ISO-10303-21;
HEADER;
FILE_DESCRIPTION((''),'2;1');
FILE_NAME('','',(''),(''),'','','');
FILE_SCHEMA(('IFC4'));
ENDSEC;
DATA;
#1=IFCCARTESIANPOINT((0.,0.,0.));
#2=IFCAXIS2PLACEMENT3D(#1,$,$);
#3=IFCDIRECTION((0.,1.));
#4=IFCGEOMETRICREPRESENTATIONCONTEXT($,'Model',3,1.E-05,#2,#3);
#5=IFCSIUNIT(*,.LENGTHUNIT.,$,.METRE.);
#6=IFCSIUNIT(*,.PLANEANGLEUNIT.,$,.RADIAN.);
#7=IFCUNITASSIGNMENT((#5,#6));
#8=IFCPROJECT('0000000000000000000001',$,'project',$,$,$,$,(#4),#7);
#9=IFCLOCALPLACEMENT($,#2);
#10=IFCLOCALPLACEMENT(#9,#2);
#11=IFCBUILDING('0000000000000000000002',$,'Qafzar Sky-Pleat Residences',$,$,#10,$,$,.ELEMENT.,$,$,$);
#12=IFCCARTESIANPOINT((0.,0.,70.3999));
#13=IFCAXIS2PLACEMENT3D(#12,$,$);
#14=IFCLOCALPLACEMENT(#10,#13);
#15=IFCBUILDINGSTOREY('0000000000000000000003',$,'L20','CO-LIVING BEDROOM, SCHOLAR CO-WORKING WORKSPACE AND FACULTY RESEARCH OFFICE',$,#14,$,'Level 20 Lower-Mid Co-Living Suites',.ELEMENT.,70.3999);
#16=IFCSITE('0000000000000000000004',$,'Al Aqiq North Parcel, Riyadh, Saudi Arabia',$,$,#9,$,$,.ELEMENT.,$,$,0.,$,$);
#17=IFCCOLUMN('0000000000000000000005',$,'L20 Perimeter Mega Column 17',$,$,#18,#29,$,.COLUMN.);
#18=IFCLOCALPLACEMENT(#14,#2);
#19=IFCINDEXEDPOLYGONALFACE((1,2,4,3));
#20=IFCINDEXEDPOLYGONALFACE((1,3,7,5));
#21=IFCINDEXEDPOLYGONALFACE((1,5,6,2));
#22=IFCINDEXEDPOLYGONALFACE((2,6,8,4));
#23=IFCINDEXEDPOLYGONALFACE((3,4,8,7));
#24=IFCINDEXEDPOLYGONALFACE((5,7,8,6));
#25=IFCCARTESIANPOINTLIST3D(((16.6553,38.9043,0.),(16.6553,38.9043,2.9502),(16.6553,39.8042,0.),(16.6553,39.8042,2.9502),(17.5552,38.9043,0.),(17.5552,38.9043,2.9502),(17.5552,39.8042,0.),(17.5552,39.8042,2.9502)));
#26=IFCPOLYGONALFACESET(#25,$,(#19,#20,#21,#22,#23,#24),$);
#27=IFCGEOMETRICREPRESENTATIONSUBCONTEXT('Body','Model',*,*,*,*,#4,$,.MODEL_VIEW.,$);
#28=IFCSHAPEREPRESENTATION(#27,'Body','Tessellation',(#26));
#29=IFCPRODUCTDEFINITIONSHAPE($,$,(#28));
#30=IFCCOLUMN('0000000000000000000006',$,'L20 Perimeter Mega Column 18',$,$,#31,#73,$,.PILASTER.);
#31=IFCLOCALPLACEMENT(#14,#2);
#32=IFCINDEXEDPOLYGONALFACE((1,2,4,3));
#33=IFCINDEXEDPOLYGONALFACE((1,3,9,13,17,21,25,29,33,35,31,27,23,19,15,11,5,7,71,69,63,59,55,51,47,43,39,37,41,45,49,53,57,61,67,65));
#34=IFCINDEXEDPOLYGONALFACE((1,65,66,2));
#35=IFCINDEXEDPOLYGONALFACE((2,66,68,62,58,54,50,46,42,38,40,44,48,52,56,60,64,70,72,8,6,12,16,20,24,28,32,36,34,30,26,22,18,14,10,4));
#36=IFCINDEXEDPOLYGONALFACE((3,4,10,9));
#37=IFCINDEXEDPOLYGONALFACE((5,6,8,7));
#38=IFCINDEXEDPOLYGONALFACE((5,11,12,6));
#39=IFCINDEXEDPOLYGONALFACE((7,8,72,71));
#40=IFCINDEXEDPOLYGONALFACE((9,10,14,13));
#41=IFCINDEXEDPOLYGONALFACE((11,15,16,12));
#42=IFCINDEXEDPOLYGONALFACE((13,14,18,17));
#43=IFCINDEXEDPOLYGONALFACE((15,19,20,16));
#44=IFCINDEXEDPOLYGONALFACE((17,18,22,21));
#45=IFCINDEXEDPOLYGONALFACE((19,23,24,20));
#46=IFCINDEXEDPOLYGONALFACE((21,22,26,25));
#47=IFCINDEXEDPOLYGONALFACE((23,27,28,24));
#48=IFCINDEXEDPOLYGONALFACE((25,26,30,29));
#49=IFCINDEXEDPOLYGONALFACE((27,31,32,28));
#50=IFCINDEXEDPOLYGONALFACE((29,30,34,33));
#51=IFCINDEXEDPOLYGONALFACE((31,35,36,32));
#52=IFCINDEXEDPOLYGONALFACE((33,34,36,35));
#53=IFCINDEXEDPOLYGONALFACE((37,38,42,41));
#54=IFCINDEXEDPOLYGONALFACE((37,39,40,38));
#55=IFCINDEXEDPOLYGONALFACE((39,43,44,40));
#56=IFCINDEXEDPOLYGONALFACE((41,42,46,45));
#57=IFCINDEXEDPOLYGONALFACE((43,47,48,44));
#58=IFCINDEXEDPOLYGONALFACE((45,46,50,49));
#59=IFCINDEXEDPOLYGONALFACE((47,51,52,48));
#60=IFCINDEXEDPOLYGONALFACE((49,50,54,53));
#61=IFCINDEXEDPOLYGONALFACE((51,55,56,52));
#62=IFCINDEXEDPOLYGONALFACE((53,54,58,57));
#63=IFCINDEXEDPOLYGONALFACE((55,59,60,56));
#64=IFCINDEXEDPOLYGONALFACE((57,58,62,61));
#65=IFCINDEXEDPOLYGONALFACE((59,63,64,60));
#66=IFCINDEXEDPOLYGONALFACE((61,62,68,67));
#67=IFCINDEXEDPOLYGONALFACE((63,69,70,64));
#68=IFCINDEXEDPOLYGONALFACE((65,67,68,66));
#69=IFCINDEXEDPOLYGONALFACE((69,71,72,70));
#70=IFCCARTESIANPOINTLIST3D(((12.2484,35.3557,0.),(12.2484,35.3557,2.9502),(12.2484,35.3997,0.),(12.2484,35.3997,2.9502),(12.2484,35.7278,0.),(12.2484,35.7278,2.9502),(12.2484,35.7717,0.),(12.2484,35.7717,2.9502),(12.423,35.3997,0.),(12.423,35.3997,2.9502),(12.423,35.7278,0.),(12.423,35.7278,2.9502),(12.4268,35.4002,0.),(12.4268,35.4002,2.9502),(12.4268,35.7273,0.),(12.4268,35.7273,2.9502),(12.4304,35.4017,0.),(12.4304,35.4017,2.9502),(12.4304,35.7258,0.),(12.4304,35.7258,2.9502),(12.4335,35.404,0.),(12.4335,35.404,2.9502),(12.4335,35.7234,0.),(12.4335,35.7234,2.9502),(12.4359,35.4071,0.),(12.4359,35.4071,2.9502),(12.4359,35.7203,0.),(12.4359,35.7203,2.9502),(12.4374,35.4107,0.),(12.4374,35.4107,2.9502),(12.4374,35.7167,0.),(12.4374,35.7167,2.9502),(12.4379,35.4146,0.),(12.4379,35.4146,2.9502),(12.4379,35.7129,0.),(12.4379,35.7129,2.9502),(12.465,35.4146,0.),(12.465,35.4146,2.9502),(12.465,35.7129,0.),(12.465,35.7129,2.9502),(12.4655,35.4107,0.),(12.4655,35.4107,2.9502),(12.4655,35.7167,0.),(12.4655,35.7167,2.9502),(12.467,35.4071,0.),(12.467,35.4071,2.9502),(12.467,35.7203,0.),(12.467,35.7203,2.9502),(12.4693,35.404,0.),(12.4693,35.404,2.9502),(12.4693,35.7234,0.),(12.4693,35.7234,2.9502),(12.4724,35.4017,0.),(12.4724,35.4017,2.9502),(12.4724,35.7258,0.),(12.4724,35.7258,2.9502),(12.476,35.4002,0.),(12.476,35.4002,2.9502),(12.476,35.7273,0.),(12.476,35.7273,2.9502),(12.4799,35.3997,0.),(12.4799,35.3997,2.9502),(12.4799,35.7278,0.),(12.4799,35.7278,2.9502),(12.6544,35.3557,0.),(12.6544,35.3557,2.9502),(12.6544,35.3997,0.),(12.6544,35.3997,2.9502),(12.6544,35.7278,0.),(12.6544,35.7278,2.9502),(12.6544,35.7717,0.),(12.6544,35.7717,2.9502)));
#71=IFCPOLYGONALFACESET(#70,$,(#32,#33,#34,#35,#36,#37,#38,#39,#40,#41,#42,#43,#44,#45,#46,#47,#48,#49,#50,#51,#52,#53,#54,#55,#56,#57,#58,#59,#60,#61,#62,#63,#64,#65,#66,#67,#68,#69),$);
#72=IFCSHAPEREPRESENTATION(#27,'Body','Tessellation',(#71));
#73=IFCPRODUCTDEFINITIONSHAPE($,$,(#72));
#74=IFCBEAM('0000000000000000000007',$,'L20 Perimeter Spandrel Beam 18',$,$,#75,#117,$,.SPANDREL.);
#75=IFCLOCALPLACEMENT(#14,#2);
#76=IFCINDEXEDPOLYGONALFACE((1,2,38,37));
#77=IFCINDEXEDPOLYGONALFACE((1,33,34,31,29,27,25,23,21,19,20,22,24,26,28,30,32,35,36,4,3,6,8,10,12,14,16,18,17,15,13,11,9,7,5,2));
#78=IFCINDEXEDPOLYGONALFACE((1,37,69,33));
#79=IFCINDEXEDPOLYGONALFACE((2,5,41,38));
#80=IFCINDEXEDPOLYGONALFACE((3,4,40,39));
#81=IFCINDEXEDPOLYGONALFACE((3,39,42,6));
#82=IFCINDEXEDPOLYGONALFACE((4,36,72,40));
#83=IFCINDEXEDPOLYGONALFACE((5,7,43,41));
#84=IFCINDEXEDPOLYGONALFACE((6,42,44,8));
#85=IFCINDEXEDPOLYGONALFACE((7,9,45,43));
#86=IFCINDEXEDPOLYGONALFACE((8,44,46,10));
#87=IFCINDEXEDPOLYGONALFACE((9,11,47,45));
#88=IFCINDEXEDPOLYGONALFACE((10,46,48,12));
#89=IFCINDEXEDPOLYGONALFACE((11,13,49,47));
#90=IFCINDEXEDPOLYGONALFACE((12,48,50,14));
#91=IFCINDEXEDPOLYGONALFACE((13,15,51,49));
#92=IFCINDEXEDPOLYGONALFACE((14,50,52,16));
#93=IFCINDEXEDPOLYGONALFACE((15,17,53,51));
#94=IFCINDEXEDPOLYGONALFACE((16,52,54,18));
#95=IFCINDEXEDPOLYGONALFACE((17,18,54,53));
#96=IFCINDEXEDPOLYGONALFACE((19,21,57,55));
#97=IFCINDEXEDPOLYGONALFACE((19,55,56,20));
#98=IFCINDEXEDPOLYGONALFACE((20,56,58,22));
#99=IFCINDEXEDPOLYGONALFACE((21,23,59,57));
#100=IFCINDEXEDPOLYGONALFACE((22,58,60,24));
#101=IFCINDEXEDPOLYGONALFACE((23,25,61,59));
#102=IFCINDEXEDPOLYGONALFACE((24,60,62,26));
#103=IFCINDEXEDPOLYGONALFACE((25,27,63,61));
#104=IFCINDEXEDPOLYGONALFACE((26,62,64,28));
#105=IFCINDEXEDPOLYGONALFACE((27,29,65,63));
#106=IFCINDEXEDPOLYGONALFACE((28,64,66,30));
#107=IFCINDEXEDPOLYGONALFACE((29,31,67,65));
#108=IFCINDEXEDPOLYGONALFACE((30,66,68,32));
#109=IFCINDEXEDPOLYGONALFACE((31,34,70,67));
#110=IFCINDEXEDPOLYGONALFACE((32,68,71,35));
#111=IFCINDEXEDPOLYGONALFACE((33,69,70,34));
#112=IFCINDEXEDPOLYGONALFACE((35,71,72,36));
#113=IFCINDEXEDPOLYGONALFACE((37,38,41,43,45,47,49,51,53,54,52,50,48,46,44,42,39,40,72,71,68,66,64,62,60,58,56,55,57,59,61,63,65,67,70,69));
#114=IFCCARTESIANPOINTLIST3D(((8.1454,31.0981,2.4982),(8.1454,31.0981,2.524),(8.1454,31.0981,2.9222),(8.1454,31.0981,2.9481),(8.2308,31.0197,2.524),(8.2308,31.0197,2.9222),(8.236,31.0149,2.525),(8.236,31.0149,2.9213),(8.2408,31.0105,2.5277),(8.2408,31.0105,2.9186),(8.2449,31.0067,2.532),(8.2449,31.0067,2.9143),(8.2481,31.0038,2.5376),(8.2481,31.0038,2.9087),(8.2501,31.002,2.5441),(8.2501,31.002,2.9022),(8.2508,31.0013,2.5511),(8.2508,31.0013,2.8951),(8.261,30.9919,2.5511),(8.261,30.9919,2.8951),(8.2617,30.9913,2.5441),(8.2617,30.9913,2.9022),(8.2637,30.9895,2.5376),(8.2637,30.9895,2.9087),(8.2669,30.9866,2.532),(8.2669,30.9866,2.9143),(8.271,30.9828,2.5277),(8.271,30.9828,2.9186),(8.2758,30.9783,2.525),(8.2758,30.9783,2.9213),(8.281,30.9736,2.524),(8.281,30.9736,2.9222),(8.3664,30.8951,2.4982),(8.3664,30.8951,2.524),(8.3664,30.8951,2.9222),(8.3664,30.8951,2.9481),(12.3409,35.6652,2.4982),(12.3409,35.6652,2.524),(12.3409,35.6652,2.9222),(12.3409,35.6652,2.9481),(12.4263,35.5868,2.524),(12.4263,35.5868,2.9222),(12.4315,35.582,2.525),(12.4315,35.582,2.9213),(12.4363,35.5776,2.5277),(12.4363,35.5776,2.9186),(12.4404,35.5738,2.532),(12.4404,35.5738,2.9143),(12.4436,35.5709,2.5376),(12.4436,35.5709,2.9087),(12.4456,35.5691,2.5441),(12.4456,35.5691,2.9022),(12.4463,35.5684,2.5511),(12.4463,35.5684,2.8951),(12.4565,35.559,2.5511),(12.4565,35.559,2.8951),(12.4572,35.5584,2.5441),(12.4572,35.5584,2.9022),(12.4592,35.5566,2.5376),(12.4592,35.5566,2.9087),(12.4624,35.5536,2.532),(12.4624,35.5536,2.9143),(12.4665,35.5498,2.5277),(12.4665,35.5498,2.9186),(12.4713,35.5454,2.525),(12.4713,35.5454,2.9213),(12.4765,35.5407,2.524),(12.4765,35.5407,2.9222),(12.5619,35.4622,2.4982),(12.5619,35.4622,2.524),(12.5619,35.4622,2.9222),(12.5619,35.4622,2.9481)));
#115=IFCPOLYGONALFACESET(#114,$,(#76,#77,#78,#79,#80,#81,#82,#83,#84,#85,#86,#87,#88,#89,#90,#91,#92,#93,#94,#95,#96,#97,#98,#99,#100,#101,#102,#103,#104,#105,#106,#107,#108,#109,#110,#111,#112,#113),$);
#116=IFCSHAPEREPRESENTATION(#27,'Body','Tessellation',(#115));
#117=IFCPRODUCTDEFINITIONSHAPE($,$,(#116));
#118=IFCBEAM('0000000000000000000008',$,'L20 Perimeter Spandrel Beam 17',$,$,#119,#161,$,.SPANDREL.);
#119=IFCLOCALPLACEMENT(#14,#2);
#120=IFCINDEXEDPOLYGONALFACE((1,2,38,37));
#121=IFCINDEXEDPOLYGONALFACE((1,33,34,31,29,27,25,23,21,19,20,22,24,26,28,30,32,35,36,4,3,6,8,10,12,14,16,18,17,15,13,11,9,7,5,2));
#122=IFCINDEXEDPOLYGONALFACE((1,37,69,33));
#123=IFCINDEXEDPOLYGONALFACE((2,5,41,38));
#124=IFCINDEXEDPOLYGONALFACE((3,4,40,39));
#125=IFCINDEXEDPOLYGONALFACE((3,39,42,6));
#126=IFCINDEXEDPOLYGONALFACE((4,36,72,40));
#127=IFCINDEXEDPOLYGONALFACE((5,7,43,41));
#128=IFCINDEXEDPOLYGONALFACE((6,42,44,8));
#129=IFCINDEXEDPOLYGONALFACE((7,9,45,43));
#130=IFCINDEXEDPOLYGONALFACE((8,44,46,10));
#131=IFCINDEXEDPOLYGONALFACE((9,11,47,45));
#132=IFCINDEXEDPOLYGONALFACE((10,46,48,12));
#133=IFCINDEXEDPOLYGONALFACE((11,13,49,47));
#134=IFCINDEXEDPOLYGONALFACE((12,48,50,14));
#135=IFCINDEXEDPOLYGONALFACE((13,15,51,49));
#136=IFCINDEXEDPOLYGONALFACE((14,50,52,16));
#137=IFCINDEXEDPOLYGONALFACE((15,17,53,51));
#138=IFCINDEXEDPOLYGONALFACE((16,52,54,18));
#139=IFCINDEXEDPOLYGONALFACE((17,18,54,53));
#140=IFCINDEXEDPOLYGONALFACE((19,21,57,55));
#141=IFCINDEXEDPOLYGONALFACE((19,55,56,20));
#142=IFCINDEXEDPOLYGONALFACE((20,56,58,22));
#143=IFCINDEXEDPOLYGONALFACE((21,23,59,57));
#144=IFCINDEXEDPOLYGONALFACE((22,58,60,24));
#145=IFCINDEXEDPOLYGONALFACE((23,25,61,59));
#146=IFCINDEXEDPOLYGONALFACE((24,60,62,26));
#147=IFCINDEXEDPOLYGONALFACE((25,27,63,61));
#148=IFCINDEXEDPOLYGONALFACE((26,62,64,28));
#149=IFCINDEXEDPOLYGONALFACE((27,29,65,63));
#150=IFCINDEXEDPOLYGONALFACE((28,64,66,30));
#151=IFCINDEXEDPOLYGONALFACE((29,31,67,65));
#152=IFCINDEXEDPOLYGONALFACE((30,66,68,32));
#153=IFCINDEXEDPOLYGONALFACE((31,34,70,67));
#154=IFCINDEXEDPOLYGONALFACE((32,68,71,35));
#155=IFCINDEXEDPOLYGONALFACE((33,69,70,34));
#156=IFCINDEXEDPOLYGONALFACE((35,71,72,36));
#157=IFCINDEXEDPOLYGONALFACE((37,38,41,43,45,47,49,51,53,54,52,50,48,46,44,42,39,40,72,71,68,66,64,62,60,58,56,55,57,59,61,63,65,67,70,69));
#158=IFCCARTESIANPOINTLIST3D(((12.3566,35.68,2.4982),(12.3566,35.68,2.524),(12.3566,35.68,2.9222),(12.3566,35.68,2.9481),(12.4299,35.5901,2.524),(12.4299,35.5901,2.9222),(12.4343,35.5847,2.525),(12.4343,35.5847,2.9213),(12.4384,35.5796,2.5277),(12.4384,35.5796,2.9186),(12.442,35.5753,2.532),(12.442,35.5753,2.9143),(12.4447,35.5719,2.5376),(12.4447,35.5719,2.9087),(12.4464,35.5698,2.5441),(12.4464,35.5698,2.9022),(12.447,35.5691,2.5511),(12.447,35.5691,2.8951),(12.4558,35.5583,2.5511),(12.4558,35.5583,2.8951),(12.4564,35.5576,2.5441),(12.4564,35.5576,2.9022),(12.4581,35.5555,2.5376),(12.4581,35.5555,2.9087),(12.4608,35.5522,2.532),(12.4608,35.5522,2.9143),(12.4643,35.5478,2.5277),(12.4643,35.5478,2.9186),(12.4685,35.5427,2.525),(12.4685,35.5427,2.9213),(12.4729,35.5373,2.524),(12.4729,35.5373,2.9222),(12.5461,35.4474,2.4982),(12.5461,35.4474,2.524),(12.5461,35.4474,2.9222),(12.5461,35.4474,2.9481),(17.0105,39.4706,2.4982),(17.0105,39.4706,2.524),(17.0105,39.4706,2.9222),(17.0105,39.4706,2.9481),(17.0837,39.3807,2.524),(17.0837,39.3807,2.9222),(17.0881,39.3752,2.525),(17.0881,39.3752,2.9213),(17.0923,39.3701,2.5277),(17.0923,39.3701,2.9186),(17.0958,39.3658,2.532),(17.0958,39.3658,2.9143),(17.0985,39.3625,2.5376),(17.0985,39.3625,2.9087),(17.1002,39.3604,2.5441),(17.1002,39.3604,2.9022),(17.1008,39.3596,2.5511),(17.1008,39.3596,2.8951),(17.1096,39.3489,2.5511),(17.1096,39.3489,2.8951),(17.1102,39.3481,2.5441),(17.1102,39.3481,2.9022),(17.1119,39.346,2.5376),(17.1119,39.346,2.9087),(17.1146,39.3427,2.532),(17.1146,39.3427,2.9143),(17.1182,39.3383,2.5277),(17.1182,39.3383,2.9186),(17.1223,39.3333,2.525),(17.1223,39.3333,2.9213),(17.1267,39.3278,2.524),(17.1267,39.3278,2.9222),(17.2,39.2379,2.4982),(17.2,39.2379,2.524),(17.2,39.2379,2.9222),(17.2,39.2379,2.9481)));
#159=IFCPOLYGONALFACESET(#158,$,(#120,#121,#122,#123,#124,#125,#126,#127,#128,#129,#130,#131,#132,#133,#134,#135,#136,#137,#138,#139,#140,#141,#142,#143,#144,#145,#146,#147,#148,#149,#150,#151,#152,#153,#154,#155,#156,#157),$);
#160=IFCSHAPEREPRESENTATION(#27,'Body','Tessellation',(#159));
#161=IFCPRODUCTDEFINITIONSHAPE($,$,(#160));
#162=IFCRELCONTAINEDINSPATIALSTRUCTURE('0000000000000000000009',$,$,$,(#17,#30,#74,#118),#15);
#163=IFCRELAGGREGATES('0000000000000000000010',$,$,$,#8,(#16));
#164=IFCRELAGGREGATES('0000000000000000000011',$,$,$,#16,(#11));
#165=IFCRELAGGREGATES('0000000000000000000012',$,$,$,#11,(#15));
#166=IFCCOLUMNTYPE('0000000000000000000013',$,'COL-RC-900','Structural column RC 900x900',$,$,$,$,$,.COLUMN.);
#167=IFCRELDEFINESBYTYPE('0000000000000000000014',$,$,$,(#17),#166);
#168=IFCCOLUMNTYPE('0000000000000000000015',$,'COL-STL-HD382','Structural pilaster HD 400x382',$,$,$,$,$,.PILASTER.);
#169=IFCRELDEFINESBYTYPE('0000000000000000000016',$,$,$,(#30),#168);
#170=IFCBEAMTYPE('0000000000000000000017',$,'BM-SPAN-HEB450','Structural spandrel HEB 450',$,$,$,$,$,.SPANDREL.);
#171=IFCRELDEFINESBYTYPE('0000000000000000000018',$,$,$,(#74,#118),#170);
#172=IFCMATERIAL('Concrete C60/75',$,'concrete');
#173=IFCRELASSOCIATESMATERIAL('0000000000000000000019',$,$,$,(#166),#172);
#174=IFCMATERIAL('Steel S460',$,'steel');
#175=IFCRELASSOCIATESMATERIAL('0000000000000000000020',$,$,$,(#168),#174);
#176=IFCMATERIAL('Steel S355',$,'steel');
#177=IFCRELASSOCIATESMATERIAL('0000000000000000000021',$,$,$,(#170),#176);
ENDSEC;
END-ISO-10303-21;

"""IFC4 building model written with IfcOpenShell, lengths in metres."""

from ifc_helpers import new_model, si_unit, direction, frame, origin, origin_2d, place, context, subcontext, project, spatial, rectangle, i_section, extrude, source, transform, mapped, material, material_profile, profile_set, type_object, element, save


model = new_model("IFC4")

# Units and contexts
model_context = context("Model", 3, precision=1e-05, world=origin(), true_north=direction((0.0, 1.0)))
body_context = subcontext(model_context, "Body", "Model", "MODEL_VIEW")
ifc_project = project(units=[si_unit("LENGTHUNIT", "METRE"), si_unit("PLANEANGLEUNIT", "RADIAN")], contexts=[model_context])

# Site, building, storey
site_placement = place(None, origin())
site = spatial("IfcSite", under=ifc_project, at=site_placement, Name="Al Aqiq North Parcel, Riyadh, Saudi Arabia", CompositionType="ELEMENT", RefElevation=0.0)
building_placement = place(site_placement, origin())
building = spatial("IfcBuilding", under=site, at=building_placement, Name="Qafzar Sky-Pleat Residences", CompositionType="ELEMENT")
storey_placement = place(building_placement, frame((0.0, 0.0, 70.3999)))
storey = spatial("IfcBuildingStorey", under=building, at=storey_placement, Name="L20", Description="CO-LIVING BEDROOM, SCHOLAR CO-WORKING WORKSPACE AND FACULTY RESEARCH OFFICE", LongName="Level 20 Lower-Mid Co-Living Suites", CompositionType="ELEMENT", Elevation=70.3999)

# Columns
ifc_material_1 = material(Name="Concrete C60/75", Category="concrete")
ifc_material_profile_1 = material_profile(ifc_material_1, rectangle(XDim=0.8999, YDim=0.8999, at=origin_2d()), Name="RC 900x900")
ifc_profile_set_1 = profile_set([ifc_material_profile_1], Name="Concrete C60/75")
column_type_1 = type_object("IfcColumnType", Name="COL-RC-900", Description="Structural column RC 900x900", PredefinedType="COLUMN", material=ifc_profile_set_1)
shared_shape_1 = source(origin(), body_context, "Body", "SweptSolid", [
    extrude(rectangle(XDim=0.8999, YDim=0.8999, at=origin_2d()), origin(), (0.0, 0.0, 1.0), 2.9502),
])
column_1_placement = place(storey_placement, frame((17.1052, 39.3542, 0.0), z_axis=(0.0, 0.0, 1.0), x_axis=(1.0, 0.0, 0.0)))
element("IfcColumn", 1, at=column_1_placement, inside=storey, type_object=column_type_1, Name="L20 Perimeter Mega Column 17", PredefinedType="COLUMN", context=body_context, shape_type="MappedRepresentation", body=[
    mapped(shared_shape_1, transform((0.0, 0.0, 0.0), x_axis=(1.0, 0.0, 0.0), y_axis=(0.0, 1.0, 0.0), z_axis=(0.0, 0.0, 1.0), scale=1.0)),
])
ifc_material_2 = material(Name="Steel S460", Category="steel")
ifc_material_profile_2 = material_profile(ifc_material_2, i_section(OverallWidth=0.406, OverallDepth=0.416, WebThickness=0.0271, FlangeThickness=0.0439, FilletRadius=0.0149, at=origin_2d()), Name="HD 400x382")
ifc_profile_set_2 = profile_set([ifc_material_profile_2], Name="Steel S460")
column_type_2 = type_object("IfcColumnType", Name="COL-STL-HD382", Description="Structural pilaster HD 400x382", PredefinedType="PILASTER", material=ifc_profile_set_2)
shared_shape_2 = source(origin(), body_context, "Body", "SweptSolid", [
    extrude(i_section(OverallWidth=0.406, OverallDepth=0.416, WebThickness=0.0271, FlangeThickness=0.0439, FilletRadius=0.0149, at=origin_2d()), origin(), (0.0, 0.0, 1.0), 2.9502),
])
column_2_placement = place(storey_placement, frame((12.4514, 35.5637, 0.0), z_axis=(0.0, 0.0, 1.0), x_axis=(1.0, 0.0, 0.0)))
element("IfcColumn", 2, at=column_2_placement, inside=storey, type_object=column_type_2, Name="L20 Perimeter Mega Column 18", PredefinedType="PILASTER", context=body_context, shape_type="MappedRepresentation", body=[
    mapped(shared_shape_2, transform((0.0, 0.0, 0.0), x_axis=(1.0, 0.0, 0.0), y_axis=(0.0, 1.0, 0.0), z_axis=(0.0, 0.0, 1.0), scale=1.0)),
])

# Beams
ifc_material_3 = material(Name="Steel S355", Category="steel")
ifc_material_profile_3 = material_profile(ifc_material_3, i_section(OverallWidth=0.3, OverallDepth=0.45, WebThickness=0.0139, FlangeThickness=0.0259, FilletRadius=0.0271, at=origin_2d()), Name="HEB 450")
ifc_profile_set_3 = profile_set([ifc_material_profile_3], Name="Steel S355")
beam_type_1 = type_object("IfcBeamType", Name="BM-SPAN-HEB450", Description="Structural spandrel HEB 450", PredefinedType="SPANDREL", material=ifc_profile_set_3)
shared_shape_3 = source(origin(), body_context, "Body", "SweptSolid", [
    extrude(i_section(OverallWidth=0.3, OverallDepth=0.45, WebThickness=0.0139, FlangeThickness=0.0259, FilletRadius=0.0271, at=origin_2d()), origin(), (0.0, 0.0, 1.0), 6.2017),
])
beam_1_placement = place(storey_placement, frame((12.4514, 35.5637, 2.7231), z_axis=(-0.676514, -0.73643, 0.0), x_axis=(0.73643, -0.676514, 0.0)))
element("IfcBeam", 3, at=beam_1_placement, inside=storey, type_object=beam_type_1, Name="L20 Perimeter Spandrel Beam 18", PredefinedType="SPANDREL", context=body_context, shape_type="MappedRepresentation", body=[
    mapped(shared_shape_3, transform((0.0, 0.0, 0.0), x_axis=(1.0, 0.0, 0.0), y_axis=(0.0, 1.0, 0.0), z_axis=(0.0, 0.0, 1.0), scale=1.0)),
])
shared_shape_4 = source(origin(), body_context, "Body", "SweptSolid", [
    extrude(i_section(OverallWidth=0.3, OverallDepth=0.45, WebThickness=0.0139, FlangeThickness=0.0259, FilletRadius=0.0271, at=origin_2d()), origin(), (0.0, 0.0, 1.0), 6.0022),
])
beam_2_placement = place(storey_placement, frame((17.1052, 39.3542, 2.7231), z_axis=(-0.775354, -0.631526, 0.0), x_axis=(0.631526, -0.775354, 0.0)))
element("IfcBeam", 4, at=beam_2_placement, inside=storey, type_object=beam_type_1, Name="L20 Perimeter Spandrel Beam 17", PredefinedType="SPANDREL", context=body_context, shape_type="MappedRepresentation", body=[
    mapped(shared_shape_4, transform((0.0, 0.0, 0.0), x_axis=(1.0, 0.0, 0.0), y_axis=(0.0, 1.0, 0.0), z_axis=(0.0, 0.0, 1.0), scale=1.0)),
])

save(model, "model.ifc")
